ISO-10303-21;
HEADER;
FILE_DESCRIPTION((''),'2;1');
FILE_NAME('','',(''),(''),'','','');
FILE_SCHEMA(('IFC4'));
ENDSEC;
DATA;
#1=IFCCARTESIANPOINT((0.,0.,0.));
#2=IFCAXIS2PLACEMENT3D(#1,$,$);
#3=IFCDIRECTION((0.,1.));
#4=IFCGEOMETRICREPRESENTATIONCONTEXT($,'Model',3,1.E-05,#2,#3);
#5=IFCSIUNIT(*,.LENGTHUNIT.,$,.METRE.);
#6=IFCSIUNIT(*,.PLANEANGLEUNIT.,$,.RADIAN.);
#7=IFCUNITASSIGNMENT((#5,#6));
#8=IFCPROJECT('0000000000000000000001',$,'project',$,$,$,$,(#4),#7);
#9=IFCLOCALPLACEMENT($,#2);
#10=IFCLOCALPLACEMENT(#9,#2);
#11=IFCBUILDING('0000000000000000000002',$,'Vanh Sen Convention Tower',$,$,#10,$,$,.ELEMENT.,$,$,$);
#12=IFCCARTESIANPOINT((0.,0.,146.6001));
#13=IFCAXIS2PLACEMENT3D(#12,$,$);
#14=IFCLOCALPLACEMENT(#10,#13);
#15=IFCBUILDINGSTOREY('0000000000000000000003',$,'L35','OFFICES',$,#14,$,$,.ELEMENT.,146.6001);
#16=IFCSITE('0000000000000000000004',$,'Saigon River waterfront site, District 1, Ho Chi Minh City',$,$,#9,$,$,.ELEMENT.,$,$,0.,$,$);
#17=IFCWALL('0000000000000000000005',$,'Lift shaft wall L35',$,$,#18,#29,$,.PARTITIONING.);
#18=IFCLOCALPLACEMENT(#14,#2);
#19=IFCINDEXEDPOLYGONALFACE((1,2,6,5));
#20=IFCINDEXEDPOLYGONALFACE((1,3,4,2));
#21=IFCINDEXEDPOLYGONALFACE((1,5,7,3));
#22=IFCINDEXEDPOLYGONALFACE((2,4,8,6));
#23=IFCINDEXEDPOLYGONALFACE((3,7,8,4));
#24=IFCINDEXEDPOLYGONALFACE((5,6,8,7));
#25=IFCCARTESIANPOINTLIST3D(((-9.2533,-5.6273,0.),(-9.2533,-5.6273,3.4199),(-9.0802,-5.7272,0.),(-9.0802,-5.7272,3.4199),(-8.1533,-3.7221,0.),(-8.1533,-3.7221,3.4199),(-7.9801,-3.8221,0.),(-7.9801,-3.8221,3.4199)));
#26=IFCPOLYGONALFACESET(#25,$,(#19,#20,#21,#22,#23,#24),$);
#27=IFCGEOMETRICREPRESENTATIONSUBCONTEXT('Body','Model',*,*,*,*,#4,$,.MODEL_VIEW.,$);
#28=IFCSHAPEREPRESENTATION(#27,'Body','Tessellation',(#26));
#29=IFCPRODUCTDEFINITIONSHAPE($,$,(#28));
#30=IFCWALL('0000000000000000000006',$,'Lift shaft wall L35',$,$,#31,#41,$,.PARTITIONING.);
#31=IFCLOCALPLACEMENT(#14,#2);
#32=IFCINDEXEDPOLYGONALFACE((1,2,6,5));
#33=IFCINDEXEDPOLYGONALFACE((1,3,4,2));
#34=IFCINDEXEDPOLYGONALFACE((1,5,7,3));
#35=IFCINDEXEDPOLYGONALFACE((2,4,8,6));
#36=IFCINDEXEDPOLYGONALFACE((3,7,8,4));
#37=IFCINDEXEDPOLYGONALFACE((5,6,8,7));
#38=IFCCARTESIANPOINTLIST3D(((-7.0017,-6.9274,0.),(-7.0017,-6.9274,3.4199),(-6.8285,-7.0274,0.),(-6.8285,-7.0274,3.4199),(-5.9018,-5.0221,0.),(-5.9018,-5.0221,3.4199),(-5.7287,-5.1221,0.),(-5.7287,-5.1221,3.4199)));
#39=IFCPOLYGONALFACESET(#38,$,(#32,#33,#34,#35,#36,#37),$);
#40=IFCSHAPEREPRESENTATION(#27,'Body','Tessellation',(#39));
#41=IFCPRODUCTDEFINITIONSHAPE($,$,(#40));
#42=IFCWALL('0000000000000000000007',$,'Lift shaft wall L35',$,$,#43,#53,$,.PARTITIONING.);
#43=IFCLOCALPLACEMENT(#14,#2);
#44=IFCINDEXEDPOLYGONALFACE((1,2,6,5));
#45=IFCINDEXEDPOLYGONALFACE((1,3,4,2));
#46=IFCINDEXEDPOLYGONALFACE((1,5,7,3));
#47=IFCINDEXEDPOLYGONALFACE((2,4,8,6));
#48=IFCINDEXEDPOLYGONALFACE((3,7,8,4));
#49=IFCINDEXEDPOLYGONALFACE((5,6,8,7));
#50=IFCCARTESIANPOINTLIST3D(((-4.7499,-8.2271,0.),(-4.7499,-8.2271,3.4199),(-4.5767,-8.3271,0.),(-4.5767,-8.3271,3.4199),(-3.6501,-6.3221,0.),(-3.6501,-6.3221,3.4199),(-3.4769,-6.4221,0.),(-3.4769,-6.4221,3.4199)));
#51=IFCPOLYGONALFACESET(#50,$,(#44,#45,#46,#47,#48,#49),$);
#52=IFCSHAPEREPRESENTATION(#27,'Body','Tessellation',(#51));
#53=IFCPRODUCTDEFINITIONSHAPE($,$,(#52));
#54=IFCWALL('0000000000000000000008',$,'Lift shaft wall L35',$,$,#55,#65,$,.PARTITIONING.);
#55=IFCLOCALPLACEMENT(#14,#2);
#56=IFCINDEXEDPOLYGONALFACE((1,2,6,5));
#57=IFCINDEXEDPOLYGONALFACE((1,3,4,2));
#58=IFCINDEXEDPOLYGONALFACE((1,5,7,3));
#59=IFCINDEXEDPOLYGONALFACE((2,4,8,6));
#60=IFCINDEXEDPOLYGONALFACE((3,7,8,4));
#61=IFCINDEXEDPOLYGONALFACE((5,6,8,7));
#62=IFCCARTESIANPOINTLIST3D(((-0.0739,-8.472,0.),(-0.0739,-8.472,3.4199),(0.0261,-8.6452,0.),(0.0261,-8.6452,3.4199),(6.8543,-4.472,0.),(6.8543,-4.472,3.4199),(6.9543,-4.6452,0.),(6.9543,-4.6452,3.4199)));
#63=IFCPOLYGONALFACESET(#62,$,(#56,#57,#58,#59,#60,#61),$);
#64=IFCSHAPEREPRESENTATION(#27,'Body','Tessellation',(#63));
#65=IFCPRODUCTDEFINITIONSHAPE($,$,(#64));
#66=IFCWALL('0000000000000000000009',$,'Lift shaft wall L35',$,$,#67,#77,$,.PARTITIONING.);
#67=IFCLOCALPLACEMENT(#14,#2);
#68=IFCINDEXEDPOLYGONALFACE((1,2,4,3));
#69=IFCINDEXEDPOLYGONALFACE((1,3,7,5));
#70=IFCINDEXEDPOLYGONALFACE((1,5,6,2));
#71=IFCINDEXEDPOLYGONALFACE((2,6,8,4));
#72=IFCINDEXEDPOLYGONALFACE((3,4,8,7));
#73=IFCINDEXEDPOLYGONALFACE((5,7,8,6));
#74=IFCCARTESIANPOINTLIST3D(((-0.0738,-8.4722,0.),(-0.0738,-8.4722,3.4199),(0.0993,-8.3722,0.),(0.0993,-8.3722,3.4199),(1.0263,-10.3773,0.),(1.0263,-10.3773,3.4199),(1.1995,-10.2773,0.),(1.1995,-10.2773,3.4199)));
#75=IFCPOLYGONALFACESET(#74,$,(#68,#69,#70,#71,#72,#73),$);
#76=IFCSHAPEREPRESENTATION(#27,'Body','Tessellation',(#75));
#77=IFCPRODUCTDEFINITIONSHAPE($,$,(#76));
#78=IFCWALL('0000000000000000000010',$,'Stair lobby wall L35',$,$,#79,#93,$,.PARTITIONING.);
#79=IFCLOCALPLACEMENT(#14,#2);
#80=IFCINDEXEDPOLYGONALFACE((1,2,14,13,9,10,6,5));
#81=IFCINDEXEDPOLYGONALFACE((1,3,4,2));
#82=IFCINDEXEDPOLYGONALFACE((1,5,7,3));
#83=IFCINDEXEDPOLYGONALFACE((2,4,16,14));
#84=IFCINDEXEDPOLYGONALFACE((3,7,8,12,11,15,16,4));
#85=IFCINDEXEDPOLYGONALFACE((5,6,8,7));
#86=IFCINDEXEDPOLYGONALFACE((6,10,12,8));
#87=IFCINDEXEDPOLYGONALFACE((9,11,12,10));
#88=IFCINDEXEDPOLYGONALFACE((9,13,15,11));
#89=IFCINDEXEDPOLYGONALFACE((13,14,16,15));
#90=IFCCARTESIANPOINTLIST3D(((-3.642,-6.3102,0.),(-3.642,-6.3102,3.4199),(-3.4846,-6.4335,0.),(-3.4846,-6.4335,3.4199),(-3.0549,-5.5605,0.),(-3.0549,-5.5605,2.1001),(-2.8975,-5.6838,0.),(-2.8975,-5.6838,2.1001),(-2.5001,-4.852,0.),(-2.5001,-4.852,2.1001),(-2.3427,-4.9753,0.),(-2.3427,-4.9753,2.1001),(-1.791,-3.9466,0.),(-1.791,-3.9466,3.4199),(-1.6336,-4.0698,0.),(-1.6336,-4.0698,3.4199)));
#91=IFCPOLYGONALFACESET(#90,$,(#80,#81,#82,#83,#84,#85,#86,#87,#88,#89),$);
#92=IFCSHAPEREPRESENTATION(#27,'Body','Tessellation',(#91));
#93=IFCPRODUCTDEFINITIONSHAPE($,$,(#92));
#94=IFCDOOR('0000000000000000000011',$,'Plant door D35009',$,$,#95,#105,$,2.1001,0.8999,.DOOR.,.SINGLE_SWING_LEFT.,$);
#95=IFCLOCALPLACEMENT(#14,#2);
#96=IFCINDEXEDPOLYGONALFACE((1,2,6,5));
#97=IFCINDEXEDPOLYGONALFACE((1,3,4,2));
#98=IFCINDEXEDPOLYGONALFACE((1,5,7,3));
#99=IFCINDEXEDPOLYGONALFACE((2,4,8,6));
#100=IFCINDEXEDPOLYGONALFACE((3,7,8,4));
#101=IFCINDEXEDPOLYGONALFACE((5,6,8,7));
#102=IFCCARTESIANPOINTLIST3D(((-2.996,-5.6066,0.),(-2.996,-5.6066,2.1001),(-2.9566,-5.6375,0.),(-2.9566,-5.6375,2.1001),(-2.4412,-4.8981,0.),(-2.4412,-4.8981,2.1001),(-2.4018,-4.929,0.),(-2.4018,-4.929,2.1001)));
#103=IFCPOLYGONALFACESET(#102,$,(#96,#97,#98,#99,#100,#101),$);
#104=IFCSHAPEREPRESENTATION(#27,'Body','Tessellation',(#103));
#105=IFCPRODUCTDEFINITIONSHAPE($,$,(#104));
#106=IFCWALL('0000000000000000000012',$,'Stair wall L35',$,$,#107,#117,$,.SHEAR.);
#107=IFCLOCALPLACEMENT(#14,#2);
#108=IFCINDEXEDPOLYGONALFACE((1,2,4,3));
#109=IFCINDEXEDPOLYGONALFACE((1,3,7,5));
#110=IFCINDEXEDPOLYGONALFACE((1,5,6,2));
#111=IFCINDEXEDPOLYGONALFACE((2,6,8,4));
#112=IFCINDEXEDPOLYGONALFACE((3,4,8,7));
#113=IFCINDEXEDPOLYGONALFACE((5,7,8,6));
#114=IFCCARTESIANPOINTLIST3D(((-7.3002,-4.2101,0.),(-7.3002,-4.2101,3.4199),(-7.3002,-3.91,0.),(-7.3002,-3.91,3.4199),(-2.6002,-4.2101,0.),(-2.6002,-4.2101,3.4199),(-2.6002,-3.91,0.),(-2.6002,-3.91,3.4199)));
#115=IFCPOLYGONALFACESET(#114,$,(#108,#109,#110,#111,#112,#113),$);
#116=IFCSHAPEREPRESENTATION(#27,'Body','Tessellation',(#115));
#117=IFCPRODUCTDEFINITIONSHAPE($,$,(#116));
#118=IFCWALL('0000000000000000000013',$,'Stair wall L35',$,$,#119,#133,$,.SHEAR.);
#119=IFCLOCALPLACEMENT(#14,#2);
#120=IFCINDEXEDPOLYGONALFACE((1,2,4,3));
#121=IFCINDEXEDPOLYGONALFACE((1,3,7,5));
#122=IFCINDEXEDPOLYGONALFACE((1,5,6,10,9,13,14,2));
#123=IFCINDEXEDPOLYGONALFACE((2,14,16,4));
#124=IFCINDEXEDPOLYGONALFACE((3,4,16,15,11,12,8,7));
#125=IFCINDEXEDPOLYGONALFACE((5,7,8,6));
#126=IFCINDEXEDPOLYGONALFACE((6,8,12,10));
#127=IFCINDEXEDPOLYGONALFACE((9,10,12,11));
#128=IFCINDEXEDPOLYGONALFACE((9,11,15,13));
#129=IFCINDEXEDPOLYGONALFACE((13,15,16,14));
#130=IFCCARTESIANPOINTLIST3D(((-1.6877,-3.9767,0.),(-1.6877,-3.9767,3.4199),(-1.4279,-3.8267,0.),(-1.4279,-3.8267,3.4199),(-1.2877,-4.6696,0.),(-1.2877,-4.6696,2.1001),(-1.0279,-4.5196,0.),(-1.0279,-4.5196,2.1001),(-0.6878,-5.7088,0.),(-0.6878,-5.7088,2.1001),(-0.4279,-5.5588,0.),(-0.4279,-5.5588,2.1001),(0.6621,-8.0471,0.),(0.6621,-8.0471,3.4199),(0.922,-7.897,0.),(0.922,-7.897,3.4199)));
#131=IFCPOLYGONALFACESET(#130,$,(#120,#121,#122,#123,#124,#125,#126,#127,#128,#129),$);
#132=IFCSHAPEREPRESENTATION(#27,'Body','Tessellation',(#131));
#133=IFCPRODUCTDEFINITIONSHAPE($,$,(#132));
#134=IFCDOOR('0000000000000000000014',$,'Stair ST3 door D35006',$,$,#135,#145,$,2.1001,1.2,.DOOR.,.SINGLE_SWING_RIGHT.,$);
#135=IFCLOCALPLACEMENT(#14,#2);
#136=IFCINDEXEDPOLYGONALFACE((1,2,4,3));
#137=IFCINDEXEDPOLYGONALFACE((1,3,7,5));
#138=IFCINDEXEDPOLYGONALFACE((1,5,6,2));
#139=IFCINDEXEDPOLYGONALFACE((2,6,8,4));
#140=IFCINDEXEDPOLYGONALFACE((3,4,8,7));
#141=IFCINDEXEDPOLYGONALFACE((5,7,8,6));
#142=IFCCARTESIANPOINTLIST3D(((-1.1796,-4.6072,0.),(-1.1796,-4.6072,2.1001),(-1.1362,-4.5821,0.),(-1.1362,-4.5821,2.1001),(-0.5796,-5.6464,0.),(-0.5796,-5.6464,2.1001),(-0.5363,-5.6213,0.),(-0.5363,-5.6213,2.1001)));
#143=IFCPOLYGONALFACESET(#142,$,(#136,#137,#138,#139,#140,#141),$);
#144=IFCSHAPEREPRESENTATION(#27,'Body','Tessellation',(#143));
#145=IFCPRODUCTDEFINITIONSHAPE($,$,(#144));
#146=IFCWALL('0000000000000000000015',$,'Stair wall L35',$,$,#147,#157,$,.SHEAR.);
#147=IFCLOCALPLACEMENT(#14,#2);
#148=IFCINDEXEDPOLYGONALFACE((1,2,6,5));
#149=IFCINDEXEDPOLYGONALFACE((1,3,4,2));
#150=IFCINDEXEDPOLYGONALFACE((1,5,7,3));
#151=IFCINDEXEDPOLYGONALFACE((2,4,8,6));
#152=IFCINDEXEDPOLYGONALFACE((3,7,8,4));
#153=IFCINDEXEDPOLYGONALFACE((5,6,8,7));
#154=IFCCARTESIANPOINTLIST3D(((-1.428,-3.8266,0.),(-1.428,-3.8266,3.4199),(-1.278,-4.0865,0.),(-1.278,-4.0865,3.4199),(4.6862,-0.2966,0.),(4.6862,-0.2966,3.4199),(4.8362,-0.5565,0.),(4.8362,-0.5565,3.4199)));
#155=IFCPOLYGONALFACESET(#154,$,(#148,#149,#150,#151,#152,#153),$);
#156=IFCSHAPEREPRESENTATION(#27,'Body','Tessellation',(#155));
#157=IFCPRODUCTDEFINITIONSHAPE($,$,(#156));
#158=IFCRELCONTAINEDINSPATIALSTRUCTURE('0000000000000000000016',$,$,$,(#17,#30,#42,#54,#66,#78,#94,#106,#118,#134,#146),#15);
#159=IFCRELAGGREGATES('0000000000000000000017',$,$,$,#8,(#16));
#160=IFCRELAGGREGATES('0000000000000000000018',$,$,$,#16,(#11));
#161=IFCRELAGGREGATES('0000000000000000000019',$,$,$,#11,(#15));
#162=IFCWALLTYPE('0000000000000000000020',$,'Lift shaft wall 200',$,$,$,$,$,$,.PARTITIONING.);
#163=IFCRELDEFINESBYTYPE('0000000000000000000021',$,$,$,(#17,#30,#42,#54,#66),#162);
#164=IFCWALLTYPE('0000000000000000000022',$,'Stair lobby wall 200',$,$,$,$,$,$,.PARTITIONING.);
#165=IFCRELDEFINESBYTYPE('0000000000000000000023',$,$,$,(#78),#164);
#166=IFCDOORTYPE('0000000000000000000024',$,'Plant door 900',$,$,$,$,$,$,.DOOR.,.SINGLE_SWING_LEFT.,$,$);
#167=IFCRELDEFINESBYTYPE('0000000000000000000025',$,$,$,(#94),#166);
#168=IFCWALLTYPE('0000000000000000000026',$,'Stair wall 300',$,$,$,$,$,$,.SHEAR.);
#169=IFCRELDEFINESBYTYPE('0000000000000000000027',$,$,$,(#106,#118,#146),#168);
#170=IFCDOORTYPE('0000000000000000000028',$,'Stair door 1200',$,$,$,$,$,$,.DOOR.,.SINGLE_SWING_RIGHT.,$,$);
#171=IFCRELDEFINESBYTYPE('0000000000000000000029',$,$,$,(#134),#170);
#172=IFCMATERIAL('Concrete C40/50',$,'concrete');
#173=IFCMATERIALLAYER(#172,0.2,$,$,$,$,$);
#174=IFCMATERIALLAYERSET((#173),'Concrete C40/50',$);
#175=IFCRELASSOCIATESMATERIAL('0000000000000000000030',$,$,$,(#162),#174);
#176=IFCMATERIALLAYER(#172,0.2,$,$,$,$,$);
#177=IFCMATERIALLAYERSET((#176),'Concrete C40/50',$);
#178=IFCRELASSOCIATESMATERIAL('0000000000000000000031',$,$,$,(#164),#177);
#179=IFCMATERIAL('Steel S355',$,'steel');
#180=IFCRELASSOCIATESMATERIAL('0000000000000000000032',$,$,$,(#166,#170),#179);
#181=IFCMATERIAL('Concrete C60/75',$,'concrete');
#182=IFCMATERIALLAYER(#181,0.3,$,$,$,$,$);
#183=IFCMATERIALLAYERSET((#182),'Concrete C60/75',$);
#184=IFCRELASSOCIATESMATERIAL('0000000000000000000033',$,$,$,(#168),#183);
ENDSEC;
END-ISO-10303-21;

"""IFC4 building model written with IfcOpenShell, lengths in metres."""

from ifc_helpers import new_model, si_unit, direction, frame, frame_2d, origin, place, context, subcontext, project, spatial, rectangle, extrude, material, layer, layer_set, type_object, element, fill, save


model = new_model("IFC4")

# Units and contexts
model_context = context("Model", 3, precision=1e-05, world=origin(), true_north=direction((0.0, 1.0)))
body_context = subcontext(model_context, "Body", "Model", "MODEL_VIEW")
ifc_project = project(units=[si_unit("LENGTHUNIT", "METRE"), si_unit("PLANEANGLEUNIT", "RADIAN")], contexts=[model_context])

# Site, building, storey
site_placement = place(None, origin())
site = spatial("IfcSite", under=ifc_project, at=site_placement, Name="Saigon River waterfront site, District 1, Ho Chi Minh City", CompositionType="ELEMENT", RefElevation=0.0)
building_placement = place(site_placement, origin())
building = spatial("IfcBuilding", under=site, at=building_placement, Name="Vanh Sen Convention Tower", CompositionType="ELEMENT")
storey_placement = place(building_placement, frame((0.0, 0.0, 146.6001)))
storey = spatial("IfcBuildingStorey", under=building, at=storey_placement, Name="L35", Description="OFFICES", CompositionType="ELEMENT", Elevation=146.6001)

# Shared definitions
ifc_material_1 = material(Name="Concrete C40/50", Category="concrete")

# Shared definitions
ifc_material_2 = material(Name="Steel S355", Category="steel")

# Walls
ifc_layer_1 = layer(ifc_material_1, 0.2)
ifc_layer_set_1 = layer_set([ifc_layer_1], Name="Concrete C40/50")
wall_type_1 = type_object("IfcWallType", Name="Lift shaft wall 200", PredefinedType="PARTITIONING", material=ifc_layer_set_1)
for number, where, z_axis, x_axis, name in (
    (1, (-8.0667, -3.772, 0.0), (0.0, 0.0, 1.0), (-0.50003, -0.866008, 0.0), "Lift shaft wall L35"),
    (2, (-5.8152, -5.072, 0.0), (0.0, 0.0, 1.0), (-0.499947, -0.866056, 0.0), "Lift shaft wall L35"),
):
    element("IfcWall", number, at=place(storey_placement, frame(where, z_axis=z_axis, x_axis=x_axis)), inside=storey, type_object=wall_type_1, Name=name, PredefinedType="PARTITIONING", context=body_context, shape_type="SweptSolid", body=[
        extrude(rectangle(XDim=2.2, YDim=0.2, at=frame_2d((1.1001, 0.0))), origin(), (0.0, 0.0, 1.0), 3.4199),
    ])
wall_1_placement = place(storey_placement, frame((-3.5635, -6.3721, 0.0), z_axis=(0.0, 0.0, 1.0), x_axis=(-0.499995, -0.866028, 0.0)))
element("IfcWall", 3, at=wall_1_placement, inside=storey, type_object=wall_type_1, Name="Lift shaft wall L35", PredefinedType="PARTITIONING", context=body_context, shape_type="SweptSolid", body=[
    extrude(rectangle(XDim=2.1997, YDim=0.2, at=frame_2d((1.0999, 0.0))), origin(), (0.0, 0.0, 1.0), 3.4199),
])
wall_2_placement = place(storey_placement, frame((-0.0239, -8.5586, 0.0), z_axis=(0.0, 0.0, 1.0), x_axis=(0.866026, 0.499999, 0.0)))
element("IfcWall", 4, at=wall_2_placement, inside=storey, type_object=wall_type_1, Name="Lift shaft wall L35", PredefinedType="PARTITIONING", context=body_context, shape_type="SweptSolid", body=[
    extrude(rectangle(XDim=8.0, YDim=0.2, at=frame_2d((4.0, 0.0))), origin(), (0.0, 0.0, 1.0), 3.4199),
])
wall_3_placement = place(storey_placement, frame((0.0127, -8.4221, 0.0), z_axis=(0.0, 0.0, 1.0), x_axis=(0.500078, -0.86598, 0.0)))
element("IfcWall", 5, at=wall_3_placement, inside=storey, type_object=wall_type_1, Name="Lift shaft wall L35", PredefinedType="PARTITIONING", context=body_context, shape_type="SweptSolid", body=[
    extrude(rectangle(XDim=2.2, YDim=0.2, at=frame_2d((1.1001, 0.0))), origin(), (0.0, 0.0, 1.0), 3.4199),
])

# Wall, opening, door
ifc_layer_2 = layer(ifc_material_1, 0.2)
ifc_layer_set_2 = layer_set([ifc_layer_2], Name="Concrete C40/50")
wall_type_2 = type_object("IfcWallType", Name="Stair lobby wall 200", PredefinedType="PARTITIONING", material=ifc_layer_set_2)
wall_4_placement = place(storey_placement, frame((-1.7124, -4.0083, 0.0), z_axis=(0.0, 0.0, 1.0), x_axis=(-0.616549, -0.787316, 0.0)))
wall_4 = element("IfcWall", 6, at=wall_4_placement, inside=storey, type_object=wall_type_2, Name="Stair lobby wall L35", PredefinedType="PARTITIONING", context=body_context, shape_type="SweptSolid", body=[
    extrude(rectangle(XDim=3.0022, YDim=0.2, at=frame_2d((1.501, 0.0))), origin(), (0.0, 0.0, 1.0), 3.4199),
])
opening_1_placement = place(wall_4_placement, frame((1.1499, 0.0, 0.0)))
opening_1 = element("IfcOpeningElement", 7, at=opening_1_placement, cuts=wall_4, PredefinedType="OPENING", context=body_context, shape_type="SweptSolid", body=[
    extrude(rectangle(XDim=0.8999, YDim=2.1001, at=frame_2d((0.45, 1.05))), frame((0.0, 0.1099, 0.0), z_axis=(0.0, -1.0, 0.0), x_axis=(1.0, 0.0, 0.0)), (0.0, 0.0, 1.0), 0.22),
])
door_type_1 = type_object("IfcDoorType", Name="Plant door 900", OperationType="SINGLE_SWING_LEFT", PredefinedType="DOOR", material=ifc_material_2)
door_1_placement = place(opening_1_placement, origin())
door_1 = element("IfcDoor", 8, at=door_1_placement, inside=storey, type_object=door_type_1, Name="Plant door D35009", OperationType="SINGLE_SWING_LEFT", OverallHeight=2.1001, OverallWidth=0.8999, PredefinedType="DOOR", context=body_context, shape_type="SweptSolid", body=[
    extrude(rectangle(XDim=0.8999, YDim=2.1001, at=frame_2d((0.45, 1.05))), frame((0.0, 0.0249, 0.0), z_axis=(0.0, -1.0, 0.0), x_axis=(1.0, 0.0, 0.0)), (0.0, 0.0, 1.0), 0.05),
])
fill(opening_1, door_1)

# Wall
ifc_material_3 = material(Name="Concrete C60/75", Category="concrete")
ifc_layer_3 = layer(ifc_material_3, 0.3)
ifc_layer_set_3 = layer_set([ifc_layer_3], Name="Concrete C60/75")
wall_type_3 = type_object("IfcWallType", Name="Stair wall 300", PredefinedType="SHEAR", material=ifc_layer_set_3)
wall_5_placement = place(storey_placement, frame((-2.6001, -4.0601, 0.0), z_axis=(0.0, 0.0, 1.0), x_axis=(-1.0, 0.0, 0.0)))
element("IfcWall", 9, at=wall_5_placement, inside=storey, type_object=wall_type_3, Name="Stair wall L35", PredefinedType="SHEAR", context=body_context, shape_type="SweptSolid", body=[
    extrude(rectangle(XDim=4.7, YDim=0.3, at=frame_2d((2.3501, 0.0))), origin(), (0.0, 0.0, 1.0), 3.4199),
])

# Wall, opening, door
wall_6_placement = place(storey_placement, frame((-1.5579, -3.9016, 0.0), z_axis=(0.0, 0.0, 1.0), x_axis=(0.499977, -0.866039, 0.0)))
wall_6 = element("IfcWall", 10, at=wall_6_placement, inside=storey, type_object=wall_type_3, Name="Stair wall L35", PredefinedType="SHEAR", context=body_context, shape_type="SweptSolid", body=[
    extrude(rectangle(XDim=4.7, YDim=0.3, at=frame_2d((2.3501, 0.0))), origin(), (0.0, 0.0, 1.0), 3.4199),
])
opening_2_placement = place(wall_6_placement, frame((0.8, 0.0, 0.0)))
opening_2 = element("IfcOpeningElement", 11, at=opening_2_placement, cuts=wall_6, PredefinedType="OPENING", context=body_context, shape_type="SweptSolid", body=[
    extrude(rectangle(XDim=1.2, YDim=2.1001, at=frame_2d((0.6001, 1.05))), frame((0.0, 0.1599, 0.0), z_axis=(0.0, -1.0, 0.0), x_axis=(1.0, 0.0, 0.0)), (0.0, 0.0, 1.0), 0.3201),
])
door_type_2 = type_object("IfcDoorType", Name="Stair door 1200", OperationType="SINGLE_SWING_RIGHT", PredefinedType="DOOR", material=ifc_material_2)
door_2_placement = place(opening_2_placement, origin())
door_2 = element("IfcDoor", 12, at=door_2_placement, inside=storey, type_object=door_type_2, Name="Stair ST3 door D35006", OperationType="SINGLE_SWING_RIGHT", OverallHeight=2.1001, OverallWidth=1.2, PredefinedType="DOOR", context=body_context, shape_type="SweptSolid", body=[
    extrude(rectangle(XDim=1.2, YDim=2.1001, at=frame_2d((0.6001, 1.05))), frame((0.0, 0.0249, 0.0), z_axis=(0.0, -1.0, 0.0), x_axis=(1.0, 0.0, 0.0)), (0.0, 0.0, 1.0), 0.05),
])
fill(opening_2, door_2)

# Wall
wall_7_placement = place(storey_placement, frame((-1.353, -3.9565, 0.0), z_axis=(0.0, 0.0, 1.0), x_axis=(0.866028, 0.499996, 0.0)))
element("IfcWall", 13, at=wall_7_placement, inside=storey, type_object=wall_type_3, Name="Stair wall L35", PredefinedType="SHEAR", context=body_context, shape_type="SweptSolid", body=[
    extrude(rectangle(XDim=7.0601, YDim=0.3, at=frame_2d((3.53, 0.0))), origin(), (0.0, 0.0, 1.0), 3.4199),
])

save(model, "model.ifc")
